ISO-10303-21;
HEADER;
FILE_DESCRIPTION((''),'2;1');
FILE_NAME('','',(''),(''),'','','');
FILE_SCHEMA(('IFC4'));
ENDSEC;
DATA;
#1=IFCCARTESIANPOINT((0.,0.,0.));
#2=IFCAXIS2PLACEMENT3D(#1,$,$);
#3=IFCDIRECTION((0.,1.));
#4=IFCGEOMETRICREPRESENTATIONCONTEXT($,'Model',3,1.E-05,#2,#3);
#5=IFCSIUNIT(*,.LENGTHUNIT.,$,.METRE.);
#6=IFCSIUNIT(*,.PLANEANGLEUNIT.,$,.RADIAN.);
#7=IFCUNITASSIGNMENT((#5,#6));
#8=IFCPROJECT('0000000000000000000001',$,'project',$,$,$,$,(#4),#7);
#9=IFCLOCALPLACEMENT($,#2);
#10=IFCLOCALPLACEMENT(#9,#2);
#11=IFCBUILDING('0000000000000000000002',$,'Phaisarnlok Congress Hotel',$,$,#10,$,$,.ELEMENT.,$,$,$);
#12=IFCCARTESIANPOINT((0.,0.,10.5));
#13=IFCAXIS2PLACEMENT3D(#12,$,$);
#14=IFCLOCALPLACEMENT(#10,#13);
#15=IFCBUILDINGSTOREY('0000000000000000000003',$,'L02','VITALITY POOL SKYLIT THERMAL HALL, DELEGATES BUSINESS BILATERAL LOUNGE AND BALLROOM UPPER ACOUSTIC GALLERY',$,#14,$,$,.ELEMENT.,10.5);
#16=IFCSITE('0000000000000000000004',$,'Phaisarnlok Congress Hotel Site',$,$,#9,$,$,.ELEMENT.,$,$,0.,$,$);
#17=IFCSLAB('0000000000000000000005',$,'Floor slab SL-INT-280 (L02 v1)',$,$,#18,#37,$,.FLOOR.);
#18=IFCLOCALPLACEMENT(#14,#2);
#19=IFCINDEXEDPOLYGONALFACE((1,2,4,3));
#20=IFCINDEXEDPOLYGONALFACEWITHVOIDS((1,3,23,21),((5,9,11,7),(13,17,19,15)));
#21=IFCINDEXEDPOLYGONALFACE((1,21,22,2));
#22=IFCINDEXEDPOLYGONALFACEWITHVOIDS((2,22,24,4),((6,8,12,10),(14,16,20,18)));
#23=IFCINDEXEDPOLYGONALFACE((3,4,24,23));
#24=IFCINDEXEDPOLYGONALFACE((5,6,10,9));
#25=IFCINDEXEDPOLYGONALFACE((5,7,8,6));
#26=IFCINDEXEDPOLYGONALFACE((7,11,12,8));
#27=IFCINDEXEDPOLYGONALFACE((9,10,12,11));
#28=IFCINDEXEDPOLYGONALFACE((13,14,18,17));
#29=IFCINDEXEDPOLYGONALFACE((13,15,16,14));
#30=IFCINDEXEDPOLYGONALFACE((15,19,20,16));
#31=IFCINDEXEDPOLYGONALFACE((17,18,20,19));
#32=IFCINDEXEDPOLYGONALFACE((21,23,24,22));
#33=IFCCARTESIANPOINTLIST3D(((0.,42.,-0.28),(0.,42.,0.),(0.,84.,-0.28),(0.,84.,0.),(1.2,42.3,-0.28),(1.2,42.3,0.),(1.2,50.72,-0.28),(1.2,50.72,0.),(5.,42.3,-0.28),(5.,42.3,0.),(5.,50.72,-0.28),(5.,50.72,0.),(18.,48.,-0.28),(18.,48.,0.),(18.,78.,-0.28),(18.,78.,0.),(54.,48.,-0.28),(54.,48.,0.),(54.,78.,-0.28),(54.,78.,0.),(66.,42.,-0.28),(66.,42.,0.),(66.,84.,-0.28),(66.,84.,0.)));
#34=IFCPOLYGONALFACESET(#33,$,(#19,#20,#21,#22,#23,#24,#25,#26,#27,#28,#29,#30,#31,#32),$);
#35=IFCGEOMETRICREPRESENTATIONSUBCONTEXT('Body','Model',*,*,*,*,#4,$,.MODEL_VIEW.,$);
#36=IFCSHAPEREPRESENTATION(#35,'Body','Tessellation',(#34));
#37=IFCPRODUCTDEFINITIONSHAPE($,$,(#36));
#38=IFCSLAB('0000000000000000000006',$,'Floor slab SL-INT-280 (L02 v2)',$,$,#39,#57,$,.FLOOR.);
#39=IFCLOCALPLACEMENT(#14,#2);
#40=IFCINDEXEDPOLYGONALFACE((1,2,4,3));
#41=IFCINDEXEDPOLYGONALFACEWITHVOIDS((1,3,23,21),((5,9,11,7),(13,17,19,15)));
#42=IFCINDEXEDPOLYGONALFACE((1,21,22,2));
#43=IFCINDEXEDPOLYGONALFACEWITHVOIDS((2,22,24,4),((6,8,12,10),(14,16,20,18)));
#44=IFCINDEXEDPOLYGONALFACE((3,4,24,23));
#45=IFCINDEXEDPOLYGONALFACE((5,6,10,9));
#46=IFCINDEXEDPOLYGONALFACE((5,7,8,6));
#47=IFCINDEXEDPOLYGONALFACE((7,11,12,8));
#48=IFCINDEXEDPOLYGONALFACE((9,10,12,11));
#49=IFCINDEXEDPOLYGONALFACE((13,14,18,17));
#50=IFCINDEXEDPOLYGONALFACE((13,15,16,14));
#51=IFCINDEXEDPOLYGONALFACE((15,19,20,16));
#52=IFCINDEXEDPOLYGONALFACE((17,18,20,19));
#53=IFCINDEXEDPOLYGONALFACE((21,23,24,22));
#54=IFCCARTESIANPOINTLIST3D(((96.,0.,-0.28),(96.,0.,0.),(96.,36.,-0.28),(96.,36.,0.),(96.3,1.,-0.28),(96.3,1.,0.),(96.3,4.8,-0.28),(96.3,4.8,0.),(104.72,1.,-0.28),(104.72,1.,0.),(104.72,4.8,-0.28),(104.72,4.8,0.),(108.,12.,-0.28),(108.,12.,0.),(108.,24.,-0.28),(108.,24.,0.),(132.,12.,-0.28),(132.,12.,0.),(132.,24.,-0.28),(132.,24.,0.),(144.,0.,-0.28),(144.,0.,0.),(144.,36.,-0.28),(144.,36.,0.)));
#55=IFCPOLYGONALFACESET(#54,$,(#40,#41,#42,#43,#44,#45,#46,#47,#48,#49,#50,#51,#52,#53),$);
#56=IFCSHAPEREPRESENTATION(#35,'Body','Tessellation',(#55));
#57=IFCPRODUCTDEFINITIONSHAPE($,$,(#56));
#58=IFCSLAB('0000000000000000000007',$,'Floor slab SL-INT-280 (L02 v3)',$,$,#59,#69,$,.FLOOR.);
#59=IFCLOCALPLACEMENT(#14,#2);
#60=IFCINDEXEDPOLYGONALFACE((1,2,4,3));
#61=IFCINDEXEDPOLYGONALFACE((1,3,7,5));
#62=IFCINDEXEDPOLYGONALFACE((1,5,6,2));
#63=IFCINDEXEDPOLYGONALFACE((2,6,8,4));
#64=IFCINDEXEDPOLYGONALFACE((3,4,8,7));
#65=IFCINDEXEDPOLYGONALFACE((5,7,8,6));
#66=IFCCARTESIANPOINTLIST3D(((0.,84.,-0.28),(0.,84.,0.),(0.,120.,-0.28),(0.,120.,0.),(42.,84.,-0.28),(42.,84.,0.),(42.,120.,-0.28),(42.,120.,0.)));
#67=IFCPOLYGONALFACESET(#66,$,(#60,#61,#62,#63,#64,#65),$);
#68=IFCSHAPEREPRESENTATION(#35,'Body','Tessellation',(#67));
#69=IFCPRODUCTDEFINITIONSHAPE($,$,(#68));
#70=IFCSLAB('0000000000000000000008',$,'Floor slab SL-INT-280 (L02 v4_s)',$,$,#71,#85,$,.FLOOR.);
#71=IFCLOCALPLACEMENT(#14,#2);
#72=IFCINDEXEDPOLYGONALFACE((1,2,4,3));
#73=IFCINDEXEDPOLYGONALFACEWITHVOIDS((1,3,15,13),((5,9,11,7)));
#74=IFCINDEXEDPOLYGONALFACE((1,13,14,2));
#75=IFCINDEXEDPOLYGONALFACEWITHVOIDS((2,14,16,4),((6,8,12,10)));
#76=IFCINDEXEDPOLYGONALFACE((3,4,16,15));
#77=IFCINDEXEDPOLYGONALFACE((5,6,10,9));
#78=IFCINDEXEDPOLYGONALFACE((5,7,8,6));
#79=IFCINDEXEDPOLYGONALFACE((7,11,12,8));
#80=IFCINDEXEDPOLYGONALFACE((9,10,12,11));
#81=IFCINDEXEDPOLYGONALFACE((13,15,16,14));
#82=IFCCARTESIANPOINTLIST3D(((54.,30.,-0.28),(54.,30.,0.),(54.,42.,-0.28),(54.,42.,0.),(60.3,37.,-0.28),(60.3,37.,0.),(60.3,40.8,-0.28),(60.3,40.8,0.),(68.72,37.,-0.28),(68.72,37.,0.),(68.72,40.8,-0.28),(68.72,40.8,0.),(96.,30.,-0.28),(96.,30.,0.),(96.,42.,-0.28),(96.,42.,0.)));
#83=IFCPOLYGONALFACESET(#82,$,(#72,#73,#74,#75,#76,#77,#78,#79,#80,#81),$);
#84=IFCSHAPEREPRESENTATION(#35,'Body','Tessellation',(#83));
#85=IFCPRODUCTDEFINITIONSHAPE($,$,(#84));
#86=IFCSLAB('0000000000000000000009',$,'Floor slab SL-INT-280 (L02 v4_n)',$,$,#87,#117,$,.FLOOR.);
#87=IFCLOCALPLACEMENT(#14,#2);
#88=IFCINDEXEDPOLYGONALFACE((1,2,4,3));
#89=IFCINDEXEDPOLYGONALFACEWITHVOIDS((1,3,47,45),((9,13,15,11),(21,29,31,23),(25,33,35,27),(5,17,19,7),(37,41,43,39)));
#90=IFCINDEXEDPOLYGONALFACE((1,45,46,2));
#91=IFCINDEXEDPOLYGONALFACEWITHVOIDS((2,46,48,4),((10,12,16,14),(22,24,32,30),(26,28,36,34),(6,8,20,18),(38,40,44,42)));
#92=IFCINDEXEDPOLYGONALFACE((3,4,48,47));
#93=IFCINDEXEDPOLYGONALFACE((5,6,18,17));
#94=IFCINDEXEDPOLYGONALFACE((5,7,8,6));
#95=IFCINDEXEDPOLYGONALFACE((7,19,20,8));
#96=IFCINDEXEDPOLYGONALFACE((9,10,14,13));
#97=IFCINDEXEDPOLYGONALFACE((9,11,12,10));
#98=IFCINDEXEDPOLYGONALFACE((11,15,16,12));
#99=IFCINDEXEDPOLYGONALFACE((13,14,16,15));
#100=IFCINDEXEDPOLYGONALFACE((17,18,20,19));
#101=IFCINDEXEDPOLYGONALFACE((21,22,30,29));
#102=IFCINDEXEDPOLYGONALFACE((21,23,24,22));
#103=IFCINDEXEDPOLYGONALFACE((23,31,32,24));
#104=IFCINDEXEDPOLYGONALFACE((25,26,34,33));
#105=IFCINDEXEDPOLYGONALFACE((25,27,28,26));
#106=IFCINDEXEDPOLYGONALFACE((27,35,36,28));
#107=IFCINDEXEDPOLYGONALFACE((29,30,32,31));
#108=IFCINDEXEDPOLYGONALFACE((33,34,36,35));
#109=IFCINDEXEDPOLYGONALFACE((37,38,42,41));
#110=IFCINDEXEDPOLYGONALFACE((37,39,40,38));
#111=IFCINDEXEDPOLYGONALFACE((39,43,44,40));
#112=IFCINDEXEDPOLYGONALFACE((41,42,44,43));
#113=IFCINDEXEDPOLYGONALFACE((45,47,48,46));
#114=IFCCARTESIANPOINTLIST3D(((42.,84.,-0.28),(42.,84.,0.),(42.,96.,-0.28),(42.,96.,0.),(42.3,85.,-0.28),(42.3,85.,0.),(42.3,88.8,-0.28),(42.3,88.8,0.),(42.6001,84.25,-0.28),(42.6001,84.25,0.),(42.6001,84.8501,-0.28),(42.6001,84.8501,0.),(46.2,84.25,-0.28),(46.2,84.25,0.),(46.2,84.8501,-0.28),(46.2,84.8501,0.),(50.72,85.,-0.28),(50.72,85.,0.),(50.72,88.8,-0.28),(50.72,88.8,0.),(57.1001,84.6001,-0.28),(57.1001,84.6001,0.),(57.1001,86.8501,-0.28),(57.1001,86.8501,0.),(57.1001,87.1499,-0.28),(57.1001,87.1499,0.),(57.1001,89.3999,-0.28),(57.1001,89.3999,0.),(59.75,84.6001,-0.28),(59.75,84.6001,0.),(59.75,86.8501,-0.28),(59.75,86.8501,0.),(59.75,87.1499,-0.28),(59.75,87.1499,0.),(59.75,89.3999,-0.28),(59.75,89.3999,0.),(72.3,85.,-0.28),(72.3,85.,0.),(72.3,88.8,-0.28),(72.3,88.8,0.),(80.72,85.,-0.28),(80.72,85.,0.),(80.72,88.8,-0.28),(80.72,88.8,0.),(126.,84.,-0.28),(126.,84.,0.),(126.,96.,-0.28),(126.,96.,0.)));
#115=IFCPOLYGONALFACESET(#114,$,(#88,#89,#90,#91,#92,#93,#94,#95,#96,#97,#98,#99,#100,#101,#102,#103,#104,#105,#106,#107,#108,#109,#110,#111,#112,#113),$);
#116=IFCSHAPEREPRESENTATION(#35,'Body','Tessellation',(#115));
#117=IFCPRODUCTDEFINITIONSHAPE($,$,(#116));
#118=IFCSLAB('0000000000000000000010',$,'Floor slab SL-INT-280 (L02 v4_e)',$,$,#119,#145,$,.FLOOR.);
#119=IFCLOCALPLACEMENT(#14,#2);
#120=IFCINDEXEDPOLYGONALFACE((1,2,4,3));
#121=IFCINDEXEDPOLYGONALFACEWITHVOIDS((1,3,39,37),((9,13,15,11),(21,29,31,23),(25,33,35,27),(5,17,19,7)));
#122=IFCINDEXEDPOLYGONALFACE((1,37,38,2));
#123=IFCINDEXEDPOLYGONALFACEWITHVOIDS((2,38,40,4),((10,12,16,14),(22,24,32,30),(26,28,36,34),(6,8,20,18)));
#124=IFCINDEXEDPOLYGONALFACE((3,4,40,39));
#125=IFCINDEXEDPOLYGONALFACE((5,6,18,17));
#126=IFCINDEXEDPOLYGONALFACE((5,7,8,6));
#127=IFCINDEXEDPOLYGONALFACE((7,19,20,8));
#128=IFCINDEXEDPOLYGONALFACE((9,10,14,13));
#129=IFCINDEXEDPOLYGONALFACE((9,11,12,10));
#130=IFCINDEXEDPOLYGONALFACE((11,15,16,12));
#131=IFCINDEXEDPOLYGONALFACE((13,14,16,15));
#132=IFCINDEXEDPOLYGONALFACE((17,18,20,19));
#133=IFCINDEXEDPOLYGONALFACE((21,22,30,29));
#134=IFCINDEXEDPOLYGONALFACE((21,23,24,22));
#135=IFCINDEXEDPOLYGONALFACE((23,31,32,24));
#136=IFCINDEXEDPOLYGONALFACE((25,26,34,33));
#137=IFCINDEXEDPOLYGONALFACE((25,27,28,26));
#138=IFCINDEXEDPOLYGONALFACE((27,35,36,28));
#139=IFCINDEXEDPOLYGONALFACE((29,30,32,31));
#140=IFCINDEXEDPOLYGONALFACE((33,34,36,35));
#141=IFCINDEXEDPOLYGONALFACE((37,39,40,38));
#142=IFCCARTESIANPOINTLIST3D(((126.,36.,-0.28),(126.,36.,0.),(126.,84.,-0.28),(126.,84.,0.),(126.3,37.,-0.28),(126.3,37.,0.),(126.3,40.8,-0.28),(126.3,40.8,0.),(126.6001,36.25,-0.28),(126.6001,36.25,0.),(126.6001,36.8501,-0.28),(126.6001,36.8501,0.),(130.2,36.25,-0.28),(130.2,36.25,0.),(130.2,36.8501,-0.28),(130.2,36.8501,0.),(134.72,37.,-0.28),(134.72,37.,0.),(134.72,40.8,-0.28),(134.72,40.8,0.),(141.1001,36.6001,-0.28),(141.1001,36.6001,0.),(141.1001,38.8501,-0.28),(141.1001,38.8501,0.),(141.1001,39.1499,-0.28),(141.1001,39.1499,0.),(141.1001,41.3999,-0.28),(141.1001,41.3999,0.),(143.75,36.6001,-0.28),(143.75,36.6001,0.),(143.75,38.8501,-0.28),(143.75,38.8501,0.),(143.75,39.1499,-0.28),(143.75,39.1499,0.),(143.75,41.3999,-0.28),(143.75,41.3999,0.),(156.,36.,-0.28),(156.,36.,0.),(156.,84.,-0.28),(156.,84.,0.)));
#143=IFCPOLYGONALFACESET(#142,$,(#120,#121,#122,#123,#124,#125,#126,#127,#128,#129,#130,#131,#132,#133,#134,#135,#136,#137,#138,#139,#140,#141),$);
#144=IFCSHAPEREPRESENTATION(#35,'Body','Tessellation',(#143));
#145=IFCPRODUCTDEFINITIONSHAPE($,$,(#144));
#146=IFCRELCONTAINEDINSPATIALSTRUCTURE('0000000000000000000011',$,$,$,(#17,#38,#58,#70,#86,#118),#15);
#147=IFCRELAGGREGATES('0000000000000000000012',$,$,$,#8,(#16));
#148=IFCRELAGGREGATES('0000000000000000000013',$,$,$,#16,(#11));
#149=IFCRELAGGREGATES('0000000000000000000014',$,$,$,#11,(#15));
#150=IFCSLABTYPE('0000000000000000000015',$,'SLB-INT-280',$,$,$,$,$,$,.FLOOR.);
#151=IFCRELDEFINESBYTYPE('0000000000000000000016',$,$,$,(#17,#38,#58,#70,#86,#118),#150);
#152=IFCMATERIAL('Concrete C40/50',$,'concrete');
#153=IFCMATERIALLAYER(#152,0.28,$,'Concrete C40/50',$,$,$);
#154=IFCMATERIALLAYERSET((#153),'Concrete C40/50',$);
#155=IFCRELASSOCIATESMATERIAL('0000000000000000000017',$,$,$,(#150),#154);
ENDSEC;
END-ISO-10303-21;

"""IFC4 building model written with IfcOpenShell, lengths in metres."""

from ifc_helpers import new_model, si_unit, direction, frame, origin, place, context, subcontext, project, spatial, polyline, outline, extrude, material, layer, layer_set, type_object, element, save


model = new_model("IFC4")

# Units and contexts
model_context = context("Model", 3, precision=1e-05, world=origin(), true_north=direction((0.0, 1.0)))
body_context = subcontext(model_context, "Body", "Model", "MODEL_VIEW")
ifc_project = project(units=[si_unit("LENGTHUNIT", "METRE"), si_unit("PLANEANGLEUNIT", "RADIAN")], contexts=[model_context])

# Site, building, storey
site_placement = place(None, origin())
site = spatial("IfcSite", under=ifc_project, at=site_placement, Name="Phaisarnlok Congress Hotel Site", CompositionType="ELEMENT", RefElevation=0.0)
building_placement = place(site_placement, origin())
building = spatial("IfcBuilding", under=site, at=building_placement, Name="Phaisarnlok Congress Hotel", CompositionType="ELEMENT")
storey_placement = place(building_placement, frame((0.0, 0.0, 10.5)))
storey = spatial("IfcBuildingStorey", under=building, at=storey_placement, Name="L02", Description="VITALITY POOL SKYLIT THERMAL HALL, DELEGATES BUSINESS BILATERAL LOUNGE AND BALLROOM UPPER ACOUSTIC GALLERY", CompositionType="ELEMENT", Elevation=10.5)

# Slabs
ifc_material_1 = material(Name="Concrete C40/50", Category="concrete")
ifc_layer_1 = layer(ifc_material_1, 0.28, Name="Concrete C40/50")
ifc_layer_set_1 = layer_set([ifc_layer_1], Name="Concrete C40/50")
slab_type_1 = type_object("IfcSlabType", Name="SLB-INT-280", PredefinedType="FLOOR", material=ifc_layer_set_1)
slab_1_placement = place(storey_placement, frame((0.0, 0.0, -0.28)))
element("IfcSlab", 1, at=slab_1_placement, inside=storey, type_object=slab_type_1, Name="Floor slab SL-INT-280 (L02 v1)", PredefinedType="FLOOR", context=body_context, shape_type="SweptSolid", body=[
    extrude(outline(polyline([(66.0, 42.0), (66.0, 84.0), (0.0, 84.0), (0.0, 42.0), (66.0, 42.0)]), holes=[polyline([(18.0, 48.0), (54.0, 48.0), (54.0, 78.0), (18.0, 78.0), (18.0, 48.0)]), polyline([(1.2, 50.72), (1.2, 42.3), (5.0, 42.3), (5.0, 50.72), (1.2, 50.72)])]), origin(), (0.0, 0.0, 1.0), 0.28),
])
slab_2_placement = place(storey_placement, frame((0.0, 0.0, -0.28)))
element("IfcSlab", 2, at=slab_2_placement, inside=storey, type_object=slab_type_1, Name="Floor slab SL-INT-280 (L02 v2)", PredefinedType="FLOOR", context=body_context, shape_type="SweptSolid", body=[
    extrude(outline(polyline([(144.0, 0.0), (144.0, 36.0), (96.0, 36.0), (96.0, 0.0), (144.0, 0.0)]), holes=[polyline([(108.0, 12.0), (132.0, 12.0), (132.0, 24.0), (108.0, 24.0), (108.0, 12.0)]), polyline([(104.72, 4.8), (96.3, 4.8), (96.3, 1.0), (104.72, 1.0), (104.72, 4.8)])]), origin(), (0.0, 0.0, 1.0), 0.28),
])
slab_3_placement = place(storey_placement, frame((0.0, 0.0, -0.28)))
element("IfcSlab", 3, at=slab_3_placement, inside=storey, type_object=slab_type_1, Name="Floor slab SL-INT-280 (L02 v3)", PredefinedType="FLOOR", context=body_context, shape_type="SweptSolid", body=[
    extrude(outline(polyline([(42.0, 84.0), (42.0, 120.0), (0.0, 120.0), (0.0, 84.0), (42.0, 84.0)])), origin(), (0.0, 0.0, 1.0), 0.28),
])
slab_4_placement = place(storey_placement, frame((0.0, 0.0, -0.28)))
element("IfcSlab", 4, at=slab_4_placement, inside=storey, type_object=slab_type_1, Name="Floor slab SL-INT-280 (L02 v4_s)", PredefinedType="FLOOR", context=body_context, shape_type="SweptSolid", body=[
    extrude(outline(polyline([(96.0, 30.0), (96.0, 42.0), (54.0, 42.0), (54.0, 30.0), (96.0, 30.0)]), holes=[polyline([(68.72, 40.8), (60.3, 40.8), (60.3, 37.0), (68.72, 37.0), (68.72, 40.8)])]), origin(), (0.0, 0.0, 1.0), 0.28),
])
slab_5_placement = place(storey_placement, frame((0.0, 0.0, -0.28)))
element("IfcSlab", 5, at=slab_5_placement, inside=storey, type_object=slab_type_1, Name="Floor slab SL-INT-280 (L02 v4_n)", PredefinedType="FLOOR", context=body_context, shape_type="SweptSolid", body=[
    extrude(outline(polyline([(126.0, 84.0), (126.0, 96.0), (42.0, 96.0), (42.0, 84.0), (126.0, 84.0)]), holes=[polyline([(50.72, 88.8), (42.3, 88.8), (42.3, 85.0), (50.72, 85.0), (50.72, 88.8)]), polyline([(80.72, 88.8), (72.3, 88.8), (72.3, 85.0), (80.72, 85.0), (80.72, 88.8)]), polyline([(59.75, 84.6001), (59.75, 86.8501), (57.1001, 86.8501), (57.1001, 84.6001), (59.75, 84.6001)]), polyline([(59.75, 87.1499), (59.75, 89.3999), (57.1001, 89.3999), (57.1001, 87.1499), (59.75, 87.1499)]), polyline([(46.2, 84.25), (46.2, 84.8501), (42.6001, 84.8501), (42.6001, 84.25), (46.2, 84.25)])]), origin(), (0.0, 0.0, 1.0), 0.28),
])
slab_6_placement = place(storey_placement, frame((0.0, 0.0, -0.28)))
element("IfcSlab", 6, at=slab_6_placement, inside=storey, type_object=slab_type_1, Name="Floor slab SL-INT-280 (L02 v4_e)", PredefinedType="FLOOR", context=body_context, shape_type="SweptSolid", body=[
    extrude(outline(polyline([(156.0, 36.0), (156.0, 84.0), (126.0, 84.0), (126.0, 36.0), (156.0, 36.0)]), holes=[polyline([(134.72, 40.8), (126.3, 40.8), (126.3, 37.0), (134.72, 37.0), (134.72, 40.8)]), polyline([(143.75, 36.6001), (143.75, 38.8501), (141.1001, 38.8501), (141.1001, 36.6001), (143.75, 36.6001)]), polyline([(143.75, 39.1499), (143.75, 41.3999), (141.1001, 41.3999), (141.1001, 39.1499), (143.75, 39.1499)]), polyline([(130.2, 36.25), (130.2, 36.8501), (126.6001, 36.8501), (126.6001, 36.25), (130.2, 36.25)])]), origin(), (0.0, 0.0, 1.0), 0.28),
])

save(model, "model.ifc")
